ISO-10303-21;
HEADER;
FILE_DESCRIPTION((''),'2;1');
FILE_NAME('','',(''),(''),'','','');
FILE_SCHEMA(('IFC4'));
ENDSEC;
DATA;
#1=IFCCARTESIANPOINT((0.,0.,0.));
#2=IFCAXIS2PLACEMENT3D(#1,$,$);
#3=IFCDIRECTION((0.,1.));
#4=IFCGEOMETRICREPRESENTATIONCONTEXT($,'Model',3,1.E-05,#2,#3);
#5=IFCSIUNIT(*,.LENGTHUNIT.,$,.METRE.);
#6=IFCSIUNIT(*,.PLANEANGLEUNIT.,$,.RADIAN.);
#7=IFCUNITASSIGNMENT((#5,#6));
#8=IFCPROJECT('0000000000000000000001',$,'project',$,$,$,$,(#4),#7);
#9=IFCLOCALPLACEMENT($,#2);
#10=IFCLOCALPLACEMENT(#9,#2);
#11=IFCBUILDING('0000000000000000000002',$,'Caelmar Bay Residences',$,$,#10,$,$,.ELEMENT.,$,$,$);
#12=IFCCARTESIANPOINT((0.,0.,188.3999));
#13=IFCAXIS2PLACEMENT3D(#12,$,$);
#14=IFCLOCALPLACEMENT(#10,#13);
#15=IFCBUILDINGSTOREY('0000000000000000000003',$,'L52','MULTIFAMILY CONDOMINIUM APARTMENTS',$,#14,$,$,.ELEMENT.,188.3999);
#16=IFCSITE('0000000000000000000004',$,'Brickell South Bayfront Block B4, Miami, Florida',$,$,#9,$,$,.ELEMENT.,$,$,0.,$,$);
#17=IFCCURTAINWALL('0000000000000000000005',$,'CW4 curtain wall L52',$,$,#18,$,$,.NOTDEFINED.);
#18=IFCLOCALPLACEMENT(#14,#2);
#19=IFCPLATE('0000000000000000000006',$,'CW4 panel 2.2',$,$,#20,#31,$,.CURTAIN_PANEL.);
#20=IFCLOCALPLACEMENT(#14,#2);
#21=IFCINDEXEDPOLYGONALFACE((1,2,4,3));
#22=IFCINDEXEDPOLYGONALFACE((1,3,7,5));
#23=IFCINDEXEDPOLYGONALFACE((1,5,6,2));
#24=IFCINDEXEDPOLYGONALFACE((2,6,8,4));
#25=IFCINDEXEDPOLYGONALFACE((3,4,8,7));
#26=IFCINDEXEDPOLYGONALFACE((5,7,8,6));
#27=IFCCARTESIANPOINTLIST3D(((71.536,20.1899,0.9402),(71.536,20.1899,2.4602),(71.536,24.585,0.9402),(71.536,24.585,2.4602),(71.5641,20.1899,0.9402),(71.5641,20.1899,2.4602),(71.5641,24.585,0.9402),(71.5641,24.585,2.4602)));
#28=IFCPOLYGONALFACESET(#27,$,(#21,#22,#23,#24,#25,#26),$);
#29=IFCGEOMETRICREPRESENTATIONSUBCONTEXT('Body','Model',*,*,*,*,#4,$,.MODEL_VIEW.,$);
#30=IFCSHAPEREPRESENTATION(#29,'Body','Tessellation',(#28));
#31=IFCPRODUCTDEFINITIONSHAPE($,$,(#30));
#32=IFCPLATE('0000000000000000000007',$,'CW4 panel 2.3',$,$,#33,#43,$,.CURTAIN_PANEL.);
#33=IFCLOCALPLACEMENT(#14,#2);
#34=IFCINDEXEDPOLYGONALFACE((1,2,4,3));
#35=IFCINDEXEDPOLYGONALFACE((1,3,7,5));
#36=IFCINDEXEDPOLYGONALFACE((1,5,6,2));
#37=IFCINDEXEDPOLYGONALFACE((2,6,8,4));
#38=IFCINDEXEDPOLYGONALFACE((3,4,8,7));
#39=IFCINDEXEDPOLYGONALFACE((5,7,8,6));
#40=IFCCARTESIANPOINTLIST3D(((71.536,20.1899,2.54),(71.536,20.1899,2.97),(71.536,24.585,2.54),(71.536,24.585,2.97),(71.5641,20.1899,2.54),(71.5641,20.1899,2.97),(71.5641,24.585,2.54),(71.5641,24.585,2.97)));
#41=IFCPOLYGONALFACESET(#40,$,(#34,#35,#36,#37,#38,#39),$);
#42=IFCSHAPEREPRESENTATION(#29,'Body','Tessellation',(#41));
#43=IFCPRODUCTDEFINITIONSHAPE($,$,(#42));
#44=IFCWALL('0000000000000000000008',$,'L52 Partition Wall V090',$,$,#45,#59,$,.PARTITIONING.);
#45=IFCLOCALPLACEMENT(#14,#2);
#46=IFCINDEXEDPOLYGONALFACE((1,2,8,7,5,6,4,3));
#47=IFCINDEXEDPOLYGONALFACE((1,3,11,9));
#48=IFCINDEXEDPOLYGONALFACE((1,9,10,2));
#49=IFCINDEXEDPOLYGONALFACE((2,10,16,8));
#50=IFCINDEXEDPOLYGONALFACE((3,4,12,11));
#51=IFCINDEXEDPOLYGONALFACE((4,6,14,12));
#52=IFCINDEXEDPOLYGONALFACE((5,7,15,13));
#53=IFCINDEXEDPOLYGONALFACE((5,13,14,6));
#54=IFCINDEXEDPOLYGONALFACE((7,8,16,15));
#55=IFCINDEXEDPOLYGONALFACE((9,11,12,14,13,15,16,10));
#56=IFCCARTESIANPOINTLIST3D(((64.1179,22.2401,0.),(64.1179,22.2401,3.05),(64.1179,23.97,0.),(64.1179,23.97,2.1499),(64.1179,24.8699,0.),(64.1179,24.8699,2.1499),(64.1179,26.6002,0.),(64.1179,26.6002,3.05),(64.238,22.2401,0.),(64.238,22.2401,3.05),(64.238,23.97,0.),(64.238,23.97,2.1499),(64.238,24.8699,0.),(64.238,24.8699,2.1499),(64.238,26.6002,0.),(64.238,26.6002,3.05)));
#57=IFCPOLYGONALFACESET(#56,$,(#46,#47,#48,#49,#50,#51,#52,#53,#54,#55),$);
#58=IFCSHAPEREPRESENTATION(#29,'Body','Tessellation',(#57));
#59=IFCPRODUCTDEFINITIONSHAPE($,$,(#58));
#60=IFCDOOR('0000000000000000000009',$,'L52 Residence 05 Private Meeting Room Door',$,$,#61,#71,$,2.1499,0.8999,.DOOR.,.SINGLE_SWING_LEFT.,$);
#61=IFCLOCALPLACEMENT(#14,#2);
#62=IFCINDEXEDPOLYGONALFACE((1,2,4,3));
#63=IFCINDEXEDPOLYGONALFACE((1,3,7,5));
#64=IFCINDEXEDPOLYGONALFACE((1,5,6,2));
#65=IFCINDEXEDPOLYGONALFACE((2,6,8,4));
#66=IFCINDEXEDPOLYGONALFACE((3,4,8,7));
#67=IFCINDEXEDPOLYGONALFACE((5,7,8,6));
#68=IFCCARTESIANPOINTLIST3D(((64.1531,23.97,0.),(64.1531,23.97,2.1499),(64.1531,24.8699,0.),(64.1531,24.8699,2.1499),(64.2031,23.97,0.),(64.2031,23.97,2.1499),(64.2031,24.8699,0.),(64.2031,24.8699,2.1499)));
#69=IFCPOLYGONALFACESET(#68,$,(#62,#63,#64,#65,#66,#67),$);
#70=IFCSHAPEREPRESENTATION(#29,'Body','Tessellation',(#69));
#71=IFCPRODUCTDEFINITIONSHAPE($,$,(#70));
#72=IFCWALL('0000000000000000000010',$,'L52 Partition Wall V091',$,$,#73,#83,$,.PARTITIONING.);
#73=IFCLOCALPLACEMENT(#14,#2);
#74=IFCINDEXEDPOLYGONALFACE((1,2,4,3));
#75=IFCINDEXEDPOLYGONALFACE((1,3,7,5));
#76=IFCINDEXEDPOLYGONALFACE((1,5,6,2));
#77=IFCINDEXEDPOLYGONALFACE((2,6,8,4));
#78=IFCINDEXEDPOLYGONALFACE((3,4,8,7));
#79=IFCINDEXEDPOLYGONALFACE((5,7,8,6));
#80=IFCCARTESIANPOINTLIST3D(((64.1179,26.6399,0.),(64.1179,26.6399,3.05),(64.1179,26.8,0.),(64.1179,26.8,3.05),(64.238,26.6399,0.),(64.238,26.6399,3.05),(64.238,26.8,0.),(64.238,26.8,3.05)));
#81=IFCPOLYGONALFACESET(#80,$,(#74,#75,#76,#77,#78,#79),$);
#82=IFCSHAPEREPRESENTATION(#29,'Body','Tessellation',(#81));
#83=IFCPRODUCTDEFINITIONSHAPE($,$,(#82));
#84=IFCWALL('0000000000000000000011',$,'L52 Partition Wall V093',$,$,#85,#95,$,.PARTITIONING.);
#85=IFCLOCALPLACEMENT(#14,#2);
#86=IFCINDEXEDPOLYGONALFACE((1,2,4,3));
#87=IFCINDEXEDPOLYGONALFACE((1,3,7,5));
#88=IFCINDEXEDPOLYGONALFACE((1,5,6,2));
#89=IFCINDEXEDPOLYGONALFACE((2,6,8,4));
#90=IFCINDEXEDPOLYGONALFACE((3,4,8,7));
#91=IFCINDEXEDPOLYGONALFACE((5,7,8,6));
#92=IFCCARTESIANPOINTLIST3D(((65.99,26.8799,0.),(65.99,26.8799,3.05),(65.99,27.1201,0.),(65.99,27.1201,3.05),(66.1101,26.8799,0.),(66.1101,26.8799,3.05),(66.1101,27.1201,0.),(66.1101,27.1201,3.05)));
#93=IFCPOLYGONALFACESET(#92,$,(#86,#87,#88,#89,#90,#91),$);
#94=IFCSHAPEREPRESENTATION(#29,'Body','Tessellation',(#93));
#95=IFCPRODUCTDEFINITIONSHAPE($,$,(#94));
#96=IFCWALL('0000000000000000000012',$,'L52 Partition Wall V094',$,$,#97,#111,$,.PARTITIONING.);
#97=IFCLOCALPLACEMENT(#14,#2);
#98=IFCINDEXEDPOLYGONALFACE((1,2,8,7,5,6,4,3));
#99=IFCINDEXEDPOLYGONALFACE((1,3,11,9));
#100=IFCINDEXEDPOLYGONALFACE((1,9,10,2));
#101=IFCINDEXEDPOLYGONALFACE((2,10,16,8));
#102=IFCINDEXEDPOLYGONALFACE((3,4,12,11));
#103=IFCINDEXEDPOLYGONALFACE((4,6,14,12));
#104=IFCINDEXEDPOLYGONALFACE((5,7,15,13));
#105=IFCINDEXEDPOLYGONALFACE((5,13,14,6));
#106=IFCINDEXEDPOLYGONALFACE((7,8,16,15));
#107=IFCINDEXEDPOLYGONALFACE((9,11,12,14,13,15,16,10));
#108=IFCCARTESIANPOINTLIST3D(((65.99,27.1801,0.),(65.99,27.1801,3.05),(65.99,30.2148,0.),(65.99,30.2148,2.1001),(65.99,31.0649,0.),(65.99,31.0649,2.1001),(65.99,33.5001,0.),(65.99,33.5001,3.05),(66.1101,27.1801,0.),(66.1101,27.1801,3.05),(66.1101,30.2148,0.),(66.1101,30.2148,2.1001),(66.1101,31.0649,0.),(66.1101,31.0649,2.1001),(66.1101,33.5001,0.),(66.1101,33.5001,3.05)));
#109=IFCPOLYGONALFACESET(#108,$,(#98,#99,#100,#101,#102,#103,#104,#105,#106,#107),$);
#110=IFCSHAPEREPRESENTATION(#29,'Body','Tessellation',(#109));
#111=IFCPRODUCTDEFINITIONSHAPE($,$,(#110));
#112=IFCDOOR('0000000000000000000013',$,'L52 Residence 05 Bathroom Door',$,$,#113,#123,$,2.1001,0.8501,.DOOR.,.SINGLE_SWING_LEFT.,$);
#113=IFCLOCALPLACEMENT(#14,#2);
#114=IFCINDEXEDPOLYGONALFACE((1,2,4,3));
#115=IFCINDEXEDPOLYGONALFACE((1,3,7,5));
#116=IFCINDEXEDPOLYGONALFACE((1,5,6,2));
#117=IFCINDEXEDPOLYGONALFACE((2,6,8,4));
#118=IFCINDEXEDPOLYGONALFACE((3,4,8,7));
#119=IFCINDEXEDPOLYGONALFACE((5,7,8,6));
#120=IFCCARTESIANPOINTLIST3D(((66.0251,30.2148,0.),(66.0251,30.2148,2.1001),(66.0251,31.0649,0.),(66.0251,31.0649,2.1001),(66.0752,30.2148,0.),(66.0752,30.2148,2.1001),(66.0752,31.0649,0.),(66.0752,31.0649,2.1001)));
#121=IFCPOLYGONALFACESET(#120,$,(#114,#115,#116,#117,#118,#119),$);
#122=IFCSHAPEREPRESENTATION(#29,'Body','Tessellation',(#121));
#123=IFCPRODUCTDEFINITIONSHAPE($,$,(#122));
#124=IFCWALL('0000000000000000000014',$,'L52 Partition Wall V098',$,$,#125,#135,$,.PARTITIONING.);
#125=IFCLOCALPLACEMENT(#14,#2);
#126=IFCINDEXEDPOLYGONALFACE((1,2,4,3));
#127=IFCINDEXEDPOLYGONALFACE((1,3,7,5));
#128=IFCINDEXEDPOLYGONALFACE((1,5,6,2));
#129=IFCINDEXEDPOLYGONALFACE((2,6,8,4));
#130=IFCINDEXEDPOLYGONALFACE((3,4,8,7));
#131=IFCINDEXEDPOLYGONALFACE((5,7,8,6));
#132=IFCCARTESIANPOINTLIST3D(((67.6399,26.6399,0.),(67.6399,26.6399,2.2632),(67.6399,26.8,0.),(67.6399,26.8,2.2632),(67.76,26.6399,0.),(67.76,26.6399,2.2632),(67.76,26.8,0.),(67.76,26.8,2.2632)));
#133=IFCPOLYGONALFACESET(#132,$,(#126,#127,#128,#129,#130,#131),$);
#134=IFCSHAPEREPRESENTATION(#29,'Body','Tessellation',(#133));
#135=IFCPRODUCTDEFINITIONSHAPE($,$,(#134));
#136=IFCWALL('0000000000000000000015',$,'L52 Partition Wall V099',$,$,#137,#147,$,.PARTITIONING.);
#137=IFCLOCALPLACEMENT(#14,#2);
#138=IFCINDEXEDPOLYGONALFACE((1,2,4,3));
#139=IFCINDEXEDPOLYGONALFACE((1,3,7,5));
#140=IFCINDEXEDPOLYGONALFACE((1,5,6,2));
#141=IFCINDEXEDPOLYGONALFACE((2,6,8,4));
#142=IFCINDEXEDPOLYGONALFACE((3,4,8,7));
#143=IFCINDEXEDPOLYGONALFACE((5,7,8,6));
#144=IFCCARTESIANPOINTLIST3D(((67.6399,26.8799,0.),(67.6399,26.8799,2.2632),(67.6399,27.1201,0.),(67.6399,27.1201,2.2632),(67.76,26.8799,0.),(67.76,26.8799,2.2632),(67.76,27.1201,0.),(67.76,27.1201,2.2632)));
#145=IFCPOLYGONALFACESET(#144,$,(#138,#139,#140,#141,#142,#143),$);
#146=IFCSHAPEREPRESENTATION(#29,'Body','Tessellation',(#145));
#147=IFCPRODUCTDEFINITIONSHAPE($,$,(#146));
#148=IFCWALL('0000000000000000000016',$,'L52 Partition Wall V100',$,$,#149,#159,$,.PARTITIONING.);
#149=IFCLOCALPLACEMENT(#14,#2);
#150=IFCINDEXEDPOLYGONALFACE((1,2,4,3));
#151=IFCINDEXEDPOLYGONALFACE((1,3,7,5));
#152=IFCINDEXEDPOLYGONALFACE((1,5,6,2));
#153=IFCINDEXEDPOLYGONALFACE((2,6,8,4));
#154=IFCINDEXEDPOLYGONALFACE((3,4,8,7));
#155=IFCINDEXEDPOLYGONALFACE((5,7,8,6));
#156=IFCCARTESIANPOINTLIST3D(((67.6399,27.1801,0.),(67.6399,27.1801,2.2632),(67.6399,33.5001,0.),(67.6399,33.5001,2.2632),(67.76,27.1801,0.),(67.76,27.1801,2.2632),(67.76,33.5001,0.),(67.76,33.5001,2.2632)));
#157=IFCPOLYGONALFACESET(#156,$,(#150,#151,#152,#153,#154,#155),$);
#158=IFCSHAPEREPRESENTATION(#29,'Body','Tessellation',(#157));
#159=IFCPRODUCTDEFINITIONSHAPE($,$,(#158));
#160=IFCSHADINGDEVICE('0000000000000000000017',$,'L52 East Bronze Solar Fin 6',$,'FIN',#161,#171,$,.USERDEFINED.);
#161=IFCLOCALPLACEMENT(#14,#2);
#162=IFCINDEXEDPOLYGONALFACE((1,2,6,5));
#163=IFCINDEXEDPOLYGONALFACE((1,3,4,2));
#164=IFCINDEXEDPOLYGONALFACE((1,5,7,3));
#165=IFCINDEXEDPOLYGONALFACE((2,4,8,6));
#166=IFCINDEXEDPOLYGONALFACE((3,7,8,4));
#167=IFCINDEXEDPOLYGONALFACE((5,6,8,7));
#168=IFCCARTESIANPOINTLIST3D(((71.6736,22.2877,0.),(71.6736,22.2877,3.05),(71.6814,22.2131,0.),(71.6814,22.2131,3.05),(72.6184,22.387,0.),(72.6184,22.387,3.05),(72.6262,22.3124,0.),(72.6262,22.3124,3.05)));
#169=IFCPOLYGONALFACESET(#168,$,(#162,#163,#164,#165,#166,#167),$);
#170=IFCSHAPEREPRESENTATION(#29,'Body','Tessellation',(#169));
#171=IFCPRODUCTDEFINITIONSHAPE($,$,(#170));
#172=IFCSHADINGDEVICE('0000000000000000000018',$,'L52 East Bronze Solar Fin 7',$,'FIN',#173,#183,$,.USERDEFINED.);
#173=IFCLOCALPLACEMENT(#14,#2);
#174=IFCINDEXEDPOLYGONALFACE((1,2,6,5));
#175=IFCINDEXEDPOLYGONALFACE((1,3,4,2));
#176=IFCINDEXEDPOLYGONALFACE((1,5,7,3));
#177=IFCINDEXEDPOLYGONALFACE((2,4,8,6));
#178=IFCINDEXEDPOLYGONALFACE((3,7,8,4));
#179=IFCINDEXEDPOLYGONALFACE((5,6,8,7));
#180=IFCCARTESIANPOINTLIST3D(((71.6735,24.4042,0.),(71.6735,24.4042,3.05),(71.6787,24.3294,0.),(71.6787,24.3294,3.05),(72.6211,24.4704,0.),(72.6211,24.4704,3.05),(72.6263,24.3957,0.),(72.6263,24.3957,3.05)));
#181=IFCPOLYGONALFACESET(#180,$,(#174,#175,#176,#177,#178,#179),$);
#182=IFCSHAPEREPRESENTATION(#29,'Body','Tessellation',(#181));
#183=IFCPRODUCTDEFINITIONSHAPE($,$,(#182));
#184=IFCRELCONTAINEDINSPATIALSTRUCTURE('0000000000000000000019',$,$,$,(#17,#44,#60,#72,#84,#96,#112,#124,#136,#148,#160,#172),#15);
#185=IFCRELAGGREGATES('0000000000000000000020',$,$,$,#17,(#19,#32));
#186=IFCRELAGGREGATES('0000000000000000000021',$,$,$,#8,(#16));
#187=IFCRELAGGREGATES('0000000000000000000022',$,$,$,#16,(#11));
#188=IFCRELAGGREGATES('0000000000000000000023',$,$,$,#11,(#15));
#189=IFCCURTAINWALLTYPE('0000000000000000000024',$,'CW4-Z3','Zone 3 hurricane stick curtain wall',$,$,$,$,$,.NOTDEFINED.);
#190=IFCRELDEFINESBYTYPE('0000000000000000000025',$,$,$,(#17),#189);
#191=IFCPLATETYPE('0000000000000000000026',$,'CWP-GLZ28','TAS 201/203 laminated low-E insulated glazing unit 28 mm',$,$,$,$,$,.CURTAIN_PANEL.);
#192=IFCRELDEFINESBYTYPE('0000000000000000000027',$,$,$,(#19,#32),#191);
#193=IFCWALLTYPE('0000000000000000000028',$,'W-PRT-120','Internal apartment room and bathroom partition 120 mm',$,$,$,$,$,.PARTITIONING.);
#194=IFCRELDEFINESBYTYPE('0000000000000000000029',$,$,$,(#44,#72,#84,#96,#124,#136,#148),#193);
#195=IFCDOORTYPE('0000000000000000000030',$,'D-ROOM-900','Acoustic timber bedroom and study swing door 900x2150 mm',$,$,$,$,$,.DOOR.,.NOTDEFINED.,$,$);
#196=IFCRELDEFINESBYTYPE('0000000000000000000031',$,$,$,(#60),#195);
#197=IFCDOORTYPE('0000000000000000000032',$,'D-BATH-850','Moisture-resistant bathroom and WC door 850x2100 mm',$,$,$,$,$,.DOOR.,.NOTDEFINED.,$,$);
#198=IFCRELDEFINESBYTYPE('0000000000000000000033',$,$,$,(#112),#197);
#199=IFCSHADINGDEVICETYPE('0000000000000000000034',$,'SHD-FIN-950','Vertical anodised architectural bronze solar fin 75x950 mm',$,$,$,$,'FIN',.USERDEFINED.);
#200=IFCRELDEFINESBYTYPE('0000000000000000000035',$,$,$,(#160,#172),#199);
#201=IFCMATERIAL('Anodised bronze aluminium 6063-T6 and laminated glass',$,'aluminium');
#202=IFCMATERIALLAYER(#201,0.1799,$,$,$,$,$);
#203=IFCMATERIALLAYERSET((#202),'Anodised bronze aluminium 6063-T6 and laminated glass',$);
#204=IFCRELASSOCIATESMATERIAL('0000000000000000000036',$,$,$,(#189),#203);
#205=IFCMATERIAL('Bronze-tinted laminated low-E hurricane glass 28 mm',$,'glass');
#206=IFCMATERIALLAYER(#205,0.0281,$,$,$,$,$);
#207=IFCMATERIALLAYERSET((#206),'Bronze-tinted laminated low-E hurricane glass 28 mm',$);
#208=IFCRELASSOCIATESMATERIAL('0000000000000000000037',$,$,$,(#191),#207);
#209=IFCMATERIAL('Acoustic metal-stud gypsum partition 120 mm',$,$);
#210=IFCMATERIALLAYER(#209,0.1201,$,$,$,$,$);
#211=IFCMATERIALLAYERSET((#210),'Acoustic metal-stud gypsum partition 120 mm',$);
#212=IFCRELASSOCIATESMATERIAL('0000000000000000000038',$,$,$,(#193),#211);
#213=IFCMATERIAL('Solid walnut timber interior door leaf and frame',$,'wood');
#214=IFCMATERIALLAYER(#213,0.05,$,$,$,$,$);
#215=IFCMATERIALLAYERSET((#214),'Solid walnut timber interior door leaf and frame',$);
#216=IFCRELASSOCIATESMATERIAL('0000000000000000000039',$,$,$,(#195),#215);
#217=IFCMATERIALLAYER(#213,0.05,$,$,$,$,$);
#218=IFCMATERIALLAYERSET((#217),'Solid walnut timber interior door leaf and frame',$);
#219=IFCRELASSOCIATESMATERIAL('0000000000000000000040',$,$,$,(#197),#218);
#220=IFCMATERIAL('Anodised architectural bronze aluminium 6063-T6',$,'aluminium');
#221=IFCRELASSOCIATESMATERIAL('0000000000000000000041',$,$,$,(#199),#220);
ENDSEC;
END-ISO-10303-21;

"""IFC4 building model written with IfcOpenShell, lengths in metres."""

from ifc_helpers import new_model, si_unit, direction, frame, frame_2d, origin, origin_2d, place, context, subcontext, project, spatial, rectangle, extrude, material, layer, layer_set, material_profile, profile_set, type_object, element, fill, aggregate, save


model = new_model("IFC4")

# Units and contexts
model_context = context("Model", 3, precision=1e-05, world=origin(), true_north=direction((0.0, 1.0)))
body_context = subcontext(model_context, "Body", "Model", "MODEL_VIEW")
ifc_project = project(units=[si_unit("LENGTHUNIT", "METRE"), si_unit("PLANEANGLEUNIT", "RADIAN")], contexts=[model_context])

# Site, building, storey
site_placement = place(None, origin())
site = spatial("IfcSite", under=ifc_project, at=site_placement, Name="Brickell South Bayfront Block B4, Miami, Florida", CompositionType="ELEMENT", RefElevation=0.0)
building_placement = place(site_placement, origin())
building = spatial("IfcBuilding", under=site, at=building_placement, Name="Caelmar Bay Residences", CompositionType="ELEMENT")
storey_placement = place(building_placement, frame((0.0, 0.0, 188.3999)))
storey = spatial("IfcBuildingStorey", under=building, at=storey_placement, Name="L52", Description="MULTIFAMILY CONDOMINIUM APARTMENTS", CompositionType="ELEMENT", Elevation=188.3999)

# Curtain wall, plates
ifc_material_1 = material(Name="Anodised bronze aluminium 6063-T6 and laminated glass", Category="aluminium")
ifc_layer_1 = layer(ifc_material_1, 0.1799)
ifc_layer_set_1 = layer_set([ifc_layer_1], Name="Anodised bronze aluminium 6063-T6 and laminated glass")
curtain_wall_type = type_object("IfcCurtainWallType", Name="CW4-Z3", Description="Zone 3 hurricane stick curtain wall", PredefinedType="NOTDEFINED", material=ifc_layer_set_1)
curtain_wall_placement = place(storey_placement, origin())
curtain_wall = element("IfcCurtainWall", 1, at=curtain_wall_placement, inside=storey, type_object=curtain_wall_type, Name="CW4 curtain wall L52", PredefinedType="NOTDEFINED")
ifc_material_2 = material(Name="Bronze-tinted laminated low-E hurricane glass 28 mm", Category="glass")
ifc_layer_2 = layer(ifc_material_2, 0.0281)
ifc_layer_set_2 = layer_set([ifc_layer_2], Name="Bronze-tinted laminated low-E hurricane glass 28 mm")
plate_type = type_object("IfcPlateType", Name="CWP-GLZ28", Description="TAS 201/203 laminated low-E insulated glazing unit 28 mm", PredefinedType="CURTAIN_PANEL", material=ifc_layer_set_2)
plate_1_placement = place(storey_placement, frame((71.55, 22.3875, 0.9402), z_axis=(0.0, 0.0, 1.0), x_axis=(0.0, -1.0, 0.0)))
plate_1 = element("IfcPlate", 2, at=plate_1_placement, type_object=plate_type, Name="CW4 panel 2.2", PredefinedType="CURTAIN_PANEL", context=body_context, shape_type="SweptSolid", body=[
    extrude(rectangle(XDim=4.395, YDim=0.0281, at=origin_2d()), origin(), (0.0, 0.0, 1.0), 1.52),
])
plate_2_placement = place(storey_placement, frame((71.55, 22.3875, 2.54), z_axis=(0.0, 0.0, 1.0), x_axis=(0.0, -1.0, 0.0)))
plate_2 = element("IfcPlate", 3, at=plate_2_placement, type_object=plate_type, Name="CW4 panel 2.3", PredefinedType="CURTAIN_PANEL", context=body_context, shape_type="SweptSolid", body=[
    extrude(rectangle(XDim=4.395, YDim=0.0281, at=origin_2d()), origin(), (0.0, 0.0, 1.0), 0.4299),
])
aggregate(curtain_wall, [plate_1, plate_2])

# Wall, opening, door
ifc_material_3 = material(Name="Acoustic metal-stud gypsum partition 120 mm")
ifc_layer_3 = layer(ifc_material_3, 0.1201)
ifc_layer_set_3 = layer_set([ifc_layer_3], Name="Acoustic metal-stud gypsum partition 120 mm")
wall_type = type_object("IfcWallType", Name="W-PRT-120", Description="Internal apartment room and bathroom partition 120 mm", PredefinedType="PARTITIONING", material=ifc_layer_set_3)
wall_1_placement = place(storey_placement, frame((64.178, 22.24, 0.0), z_axis=(0.0, 0.0, 1.0), x_axis=(0.0, 1.0, 0.0)))
wall_1 = element("IfcWall", 4, at=wall_1_placement, inside=storey, type_object=wall_type, Name="L52 Partition Wall V090", PredefinedType="PARTITIONING", context=body_context, shape_type="SweptSolid", body=[
    extrude(rectangle(XDim=4.3601, YDim=0.1201, at=frame_2d((2.1802, 0.0))), origin(), (0.0, 0.0, 1.0), 3.05),
])
opening_1_placement = place(wall_1_placement, frame((1.73, 0.0, 0.0)))
opening_1 = element("IfcOpeningElement", 5, at=opening_1_placement, cuts=wall_1, PredefinedType="OPENING", context=body_context, shape_type="SweptSolid", body=[
    extrude(rectangle(XDim=0.8999, YDim=2.1499, at=frame_2d((0.45, 1.075))), frame((0.0, 0.0701, 0.0), z_axis=(0.0, -1.0, 0.0), x_axis=(1.0, 0.0, 0.0)), (0.0, 0.0, 1.0), 0.1401),
])
ifc_material_4 = material(Name="Solid walnut timber interior door leaf and frame", Category="wood")
ifc_layer_4 = layer(ifc_material_4, 0.05)
ifc_layer_set_4 = layer_set([ifc_layer_4], Name="Solid walnut timber interior door leaf and frame")
door_type_1 = type_object("IfcDoorType", Name="D-ROOM-900", Description="Acoustic timber bedroom and study swing door 900x2150 mm", OperationType="NOTDEFINED", PredefinedType="DOOR", material=ifc_layer_set_4)
door_1_placement = place(opening_1_placement, origin())
door_1 = element("IfcDoor", 6, at=door_1_placement, inside=storey, type_object=door_type_1, Name="L52 Residence 05 Private Meeting Room Door", OperationType="SINGLE_SWING_LEFT", OverallHeight=2.1499, OverallWidth=0.8999, PredefinedType="DOOR", context=body_context, shape_type="SweptSolid", body=[
    extrude(rectangle(XDim=0.8999, YDim=2.1499, at=frame_2d((0.45, 1.075))), frame((0.0, 0.0249, 0.0), z_axis=(0.0, -1.0, 0.0), x_axis=(1.0, 0.0, 0.0)), (0.0, 0.0, 1.0), 0.05),
])
fill(opening_1, door_1)

# Walls
wall_2_placement = place(storey_placement, frame((64.178, 26.6399, 0.0), z_axis=(0.0, 0.0, 1.0), x_axis=(0.0, 1.0, 0.0)))
element("IfcWall", 7, at=wall_2_placement, inside=storey, type_object=wall_type, Name="L52 Partition Wall V091", PredefinedType="PARTITIONING", context=body_context, shape_type="SweptSolid", body=[
    extrude(rectangle(XDim=0.1602, YDim=0.1201, at=frame_2d((0.0801, 0.0))), origin(), (0.0, 0.0, 1.0), 3.05),
])
wall_3_placement = place(storey_placement, frame((66.05, 26.8799, 0.0), z_axis=(0.0, 0.0, 1.0), x_axis=(0.0, 1.0, 0.0)))
element("IfcWall", 8, at=wall_3_placement, inside=storey, type_object=wall_type, Name="L52 Partition Wall V093", PredefinedType="PARTITIONING", context=body_context, shape_type="SweptSolid", body=[
    extrude(rectangle(XDim=0.2402, YDim=0.1201, at=frame_2d((0.1201, 0.0))), origin(), (0.0, 0.0, 1.0), 3.05),
])

# Wall, opening, door
wall_4_placement = place(storey_placement, frame((66.05, 27.1799, 0.0), z_axis=(0.0, 0.0, 1.0), x_axis=(0.0, 1.0, 0.0)))
wall_4 = element("IfcWall", 9, at=wall_4_placement, inside=storey, type_object=wall_type, Name="L52 Partition Wall V094", PredefinedType="PARTITIONING", context=body_context, shape_type="SweptSolid", body=[
    extrude(rectangle(XDim=6.3201, YDim=0.1201, at=frame_2d((3.1602, 0.0))), origin(), (0.0, 0.0, 1.0), 3.05),
])
opening_2_placement = place(wall_4_placement, frame((3.0349, 0.0, 0.0)))
opening_2 = element("IfcOpeningElement", 10, at=opening_2_placement, cuts=wall_4, PredefinedType="OPENING", context=body_context, shape_type="SweptSolid", body=[
    extrude(rectangle(XDim=0.8501, YDim=2.1001, at=frame_2d((0.425, 1.05))), frame((0.0, 0.0701, 0.0), z_axis=(0.0, -1.0, 0.0), x_axis=(1.0, 0.0, 0.0)), (0.0, 0.0, 1.0), 0.1401),
])
ifc_layer_5 = layer(ifc_material_4, 0.05)
ifc_layer_set_5 = layer_set([ifc_layer_5], Name="Solid walnut timber interior door leaf and frame")
door_type_2 = type_object("IfcDoorType", Name="D-BATH-850", Description="Moisture-resistant bathroom and WC door 850x2100 mm", OperationType="NOTDEFINED", PredefinedType="DOOR", material=ifc_layer_set_5)
door_2_placement = place(opening_2_placement, origin())
door_2 = element("IfcDoor", 11, at=door_2_placement, inside=storey, type_object=door_type_2, Name="L52 Residence 05 Bathroom Door", OperationType="SINGLE_SWING_LEFT", OverallHeight=2.1001, OverallWidth=0.8501, PredefinedType="DOOR", context=body_context, shape_type="SweptSolid", body=[
    extrude(rectangle(XDim=0.8501, YDim=2.1001, at=frame_2d((0.425, 1.05))), frame((0.0, 0.0249, 0.0), z_axis=(0.0, -1.0, 0.0), x_axis=(1.0, 0.0, 0.0)), (0.0, 0.0, 1.0), 0.05),
])
fill(opening_2, door_2)

# Walls
wall_5_placement = place(storey_placement, frame((67.7, 26.6399, 0.0), z_axis=(0.0, 0.0, 1.0), x_axis=(0.0, 1.0, 0.0)))
element("IfcWall", 12, at=wall_5_placement, inside=storey, type_object=wall_type, Name="L52 Partition Wall V098", PredefinedType="PARTITIONING", context=body_context, shape_type="SweptSolid", body=[
    extrude(rectangle(XDim=0.1602, YDim=0.1201, at=frame_2d((0.0801, 0.0))), origin(), (0.0, 0.0, 1.0), 2.2632),
])
wall_6_placement = place(storey_placement, frame((67.7, 26.8799, 0.0), z_axis=(0.0, 0.0, 1.0), x_axis=(0.0, 1.0, 0.0)))
element("IfcWall", 13, at=wall_6_placement, inside=storey, type_object=wall_type, Name="L52 Partition Wall V099", PredefinedType="PARTITIONING", context=body_context, shape_type="SweptSolid", body=[
    extrude(rectangle(XDim=0.2402, YDim=0.1201, at=frame_2d((0.1201, 0.0))), origin(), (0.0, 0.0, 1.0), 2.2632),
])
wall_7_placement = place(storey_placement, frame((67.7, 27.1799, 0.0), z_axis=(0.0, 0.0, 1.0), x_axis=(0.0, 1.0, 0.0)))
element("IfcWall", 14, at=wall_7_placement, inside=storey, type_object=wall_type, Name="L52 Partition Wall V100", PredefinedType="PARTITIONING", context=body_context, shape_type="SweptSolid", body=[
    extrude(rectangle(XDim=6.3201, YDim=0.1201, at=frame_2d((3.1602, 0.0))), origin(), (0.0, 0.0, 1.0), 2.2632),
])

# Shading devices
ifc_material_5 = material(Name="Anodised architectural bronze aluminium 6063-T6", Category="aluminium")
ifc_material_profile_1 = material_profile(ifc_material_5, rectangle(XDim=0.075, YDim=0.95, at=origin_2d()), Name="BRONZE-FIN-75X950")
ifc_profile_set_1 = profile_set([ifc_material_profile_1], Name="Anodised architectural bronze aluminium 6063-T6")
shading_device_type = type_object("IfcShadingDeviceType", Name="SHD-FIN-950", Description="Vertical anodised architectural bronze solar fin 75x950 mm", ElementType="FIN", PredefinedType="USERDEFINED", material=ifc_profile_set_1)
for number, where, z_axis, x_axis, name in (
    (15, (72.1499, 22.3, 0.0), (0.0, 0.0, 1.0), (-0.104528, 0.994522, 0.0), "L52 East Bronze Solar Fin 6"),
    (16, (72.1499, 24.3999, 0.0), (0.0, 0.0, 1.0), (-0.069756, 0.997564, 0.0), "L52 East Bronze Solar Fin 7"),
):
    element("IfcShadingDevice", number, at=place(storey_placement, frame(where, z_axis=z_axis, x_axis=x_axis)), inside=storey, type_object=shading_device_type, Name=name, ObjectType="FIN", PredefinedType="USERDEFINED", context=body_context, shape_type="SweptSolid", body=[
        extrude(rectangle(XDim=0.075, YDim=0.95, at=origin_2d()), origin(), (0.0, 0.0, 1.0), 3.05),
    ])

save(model, "model.ifc")
